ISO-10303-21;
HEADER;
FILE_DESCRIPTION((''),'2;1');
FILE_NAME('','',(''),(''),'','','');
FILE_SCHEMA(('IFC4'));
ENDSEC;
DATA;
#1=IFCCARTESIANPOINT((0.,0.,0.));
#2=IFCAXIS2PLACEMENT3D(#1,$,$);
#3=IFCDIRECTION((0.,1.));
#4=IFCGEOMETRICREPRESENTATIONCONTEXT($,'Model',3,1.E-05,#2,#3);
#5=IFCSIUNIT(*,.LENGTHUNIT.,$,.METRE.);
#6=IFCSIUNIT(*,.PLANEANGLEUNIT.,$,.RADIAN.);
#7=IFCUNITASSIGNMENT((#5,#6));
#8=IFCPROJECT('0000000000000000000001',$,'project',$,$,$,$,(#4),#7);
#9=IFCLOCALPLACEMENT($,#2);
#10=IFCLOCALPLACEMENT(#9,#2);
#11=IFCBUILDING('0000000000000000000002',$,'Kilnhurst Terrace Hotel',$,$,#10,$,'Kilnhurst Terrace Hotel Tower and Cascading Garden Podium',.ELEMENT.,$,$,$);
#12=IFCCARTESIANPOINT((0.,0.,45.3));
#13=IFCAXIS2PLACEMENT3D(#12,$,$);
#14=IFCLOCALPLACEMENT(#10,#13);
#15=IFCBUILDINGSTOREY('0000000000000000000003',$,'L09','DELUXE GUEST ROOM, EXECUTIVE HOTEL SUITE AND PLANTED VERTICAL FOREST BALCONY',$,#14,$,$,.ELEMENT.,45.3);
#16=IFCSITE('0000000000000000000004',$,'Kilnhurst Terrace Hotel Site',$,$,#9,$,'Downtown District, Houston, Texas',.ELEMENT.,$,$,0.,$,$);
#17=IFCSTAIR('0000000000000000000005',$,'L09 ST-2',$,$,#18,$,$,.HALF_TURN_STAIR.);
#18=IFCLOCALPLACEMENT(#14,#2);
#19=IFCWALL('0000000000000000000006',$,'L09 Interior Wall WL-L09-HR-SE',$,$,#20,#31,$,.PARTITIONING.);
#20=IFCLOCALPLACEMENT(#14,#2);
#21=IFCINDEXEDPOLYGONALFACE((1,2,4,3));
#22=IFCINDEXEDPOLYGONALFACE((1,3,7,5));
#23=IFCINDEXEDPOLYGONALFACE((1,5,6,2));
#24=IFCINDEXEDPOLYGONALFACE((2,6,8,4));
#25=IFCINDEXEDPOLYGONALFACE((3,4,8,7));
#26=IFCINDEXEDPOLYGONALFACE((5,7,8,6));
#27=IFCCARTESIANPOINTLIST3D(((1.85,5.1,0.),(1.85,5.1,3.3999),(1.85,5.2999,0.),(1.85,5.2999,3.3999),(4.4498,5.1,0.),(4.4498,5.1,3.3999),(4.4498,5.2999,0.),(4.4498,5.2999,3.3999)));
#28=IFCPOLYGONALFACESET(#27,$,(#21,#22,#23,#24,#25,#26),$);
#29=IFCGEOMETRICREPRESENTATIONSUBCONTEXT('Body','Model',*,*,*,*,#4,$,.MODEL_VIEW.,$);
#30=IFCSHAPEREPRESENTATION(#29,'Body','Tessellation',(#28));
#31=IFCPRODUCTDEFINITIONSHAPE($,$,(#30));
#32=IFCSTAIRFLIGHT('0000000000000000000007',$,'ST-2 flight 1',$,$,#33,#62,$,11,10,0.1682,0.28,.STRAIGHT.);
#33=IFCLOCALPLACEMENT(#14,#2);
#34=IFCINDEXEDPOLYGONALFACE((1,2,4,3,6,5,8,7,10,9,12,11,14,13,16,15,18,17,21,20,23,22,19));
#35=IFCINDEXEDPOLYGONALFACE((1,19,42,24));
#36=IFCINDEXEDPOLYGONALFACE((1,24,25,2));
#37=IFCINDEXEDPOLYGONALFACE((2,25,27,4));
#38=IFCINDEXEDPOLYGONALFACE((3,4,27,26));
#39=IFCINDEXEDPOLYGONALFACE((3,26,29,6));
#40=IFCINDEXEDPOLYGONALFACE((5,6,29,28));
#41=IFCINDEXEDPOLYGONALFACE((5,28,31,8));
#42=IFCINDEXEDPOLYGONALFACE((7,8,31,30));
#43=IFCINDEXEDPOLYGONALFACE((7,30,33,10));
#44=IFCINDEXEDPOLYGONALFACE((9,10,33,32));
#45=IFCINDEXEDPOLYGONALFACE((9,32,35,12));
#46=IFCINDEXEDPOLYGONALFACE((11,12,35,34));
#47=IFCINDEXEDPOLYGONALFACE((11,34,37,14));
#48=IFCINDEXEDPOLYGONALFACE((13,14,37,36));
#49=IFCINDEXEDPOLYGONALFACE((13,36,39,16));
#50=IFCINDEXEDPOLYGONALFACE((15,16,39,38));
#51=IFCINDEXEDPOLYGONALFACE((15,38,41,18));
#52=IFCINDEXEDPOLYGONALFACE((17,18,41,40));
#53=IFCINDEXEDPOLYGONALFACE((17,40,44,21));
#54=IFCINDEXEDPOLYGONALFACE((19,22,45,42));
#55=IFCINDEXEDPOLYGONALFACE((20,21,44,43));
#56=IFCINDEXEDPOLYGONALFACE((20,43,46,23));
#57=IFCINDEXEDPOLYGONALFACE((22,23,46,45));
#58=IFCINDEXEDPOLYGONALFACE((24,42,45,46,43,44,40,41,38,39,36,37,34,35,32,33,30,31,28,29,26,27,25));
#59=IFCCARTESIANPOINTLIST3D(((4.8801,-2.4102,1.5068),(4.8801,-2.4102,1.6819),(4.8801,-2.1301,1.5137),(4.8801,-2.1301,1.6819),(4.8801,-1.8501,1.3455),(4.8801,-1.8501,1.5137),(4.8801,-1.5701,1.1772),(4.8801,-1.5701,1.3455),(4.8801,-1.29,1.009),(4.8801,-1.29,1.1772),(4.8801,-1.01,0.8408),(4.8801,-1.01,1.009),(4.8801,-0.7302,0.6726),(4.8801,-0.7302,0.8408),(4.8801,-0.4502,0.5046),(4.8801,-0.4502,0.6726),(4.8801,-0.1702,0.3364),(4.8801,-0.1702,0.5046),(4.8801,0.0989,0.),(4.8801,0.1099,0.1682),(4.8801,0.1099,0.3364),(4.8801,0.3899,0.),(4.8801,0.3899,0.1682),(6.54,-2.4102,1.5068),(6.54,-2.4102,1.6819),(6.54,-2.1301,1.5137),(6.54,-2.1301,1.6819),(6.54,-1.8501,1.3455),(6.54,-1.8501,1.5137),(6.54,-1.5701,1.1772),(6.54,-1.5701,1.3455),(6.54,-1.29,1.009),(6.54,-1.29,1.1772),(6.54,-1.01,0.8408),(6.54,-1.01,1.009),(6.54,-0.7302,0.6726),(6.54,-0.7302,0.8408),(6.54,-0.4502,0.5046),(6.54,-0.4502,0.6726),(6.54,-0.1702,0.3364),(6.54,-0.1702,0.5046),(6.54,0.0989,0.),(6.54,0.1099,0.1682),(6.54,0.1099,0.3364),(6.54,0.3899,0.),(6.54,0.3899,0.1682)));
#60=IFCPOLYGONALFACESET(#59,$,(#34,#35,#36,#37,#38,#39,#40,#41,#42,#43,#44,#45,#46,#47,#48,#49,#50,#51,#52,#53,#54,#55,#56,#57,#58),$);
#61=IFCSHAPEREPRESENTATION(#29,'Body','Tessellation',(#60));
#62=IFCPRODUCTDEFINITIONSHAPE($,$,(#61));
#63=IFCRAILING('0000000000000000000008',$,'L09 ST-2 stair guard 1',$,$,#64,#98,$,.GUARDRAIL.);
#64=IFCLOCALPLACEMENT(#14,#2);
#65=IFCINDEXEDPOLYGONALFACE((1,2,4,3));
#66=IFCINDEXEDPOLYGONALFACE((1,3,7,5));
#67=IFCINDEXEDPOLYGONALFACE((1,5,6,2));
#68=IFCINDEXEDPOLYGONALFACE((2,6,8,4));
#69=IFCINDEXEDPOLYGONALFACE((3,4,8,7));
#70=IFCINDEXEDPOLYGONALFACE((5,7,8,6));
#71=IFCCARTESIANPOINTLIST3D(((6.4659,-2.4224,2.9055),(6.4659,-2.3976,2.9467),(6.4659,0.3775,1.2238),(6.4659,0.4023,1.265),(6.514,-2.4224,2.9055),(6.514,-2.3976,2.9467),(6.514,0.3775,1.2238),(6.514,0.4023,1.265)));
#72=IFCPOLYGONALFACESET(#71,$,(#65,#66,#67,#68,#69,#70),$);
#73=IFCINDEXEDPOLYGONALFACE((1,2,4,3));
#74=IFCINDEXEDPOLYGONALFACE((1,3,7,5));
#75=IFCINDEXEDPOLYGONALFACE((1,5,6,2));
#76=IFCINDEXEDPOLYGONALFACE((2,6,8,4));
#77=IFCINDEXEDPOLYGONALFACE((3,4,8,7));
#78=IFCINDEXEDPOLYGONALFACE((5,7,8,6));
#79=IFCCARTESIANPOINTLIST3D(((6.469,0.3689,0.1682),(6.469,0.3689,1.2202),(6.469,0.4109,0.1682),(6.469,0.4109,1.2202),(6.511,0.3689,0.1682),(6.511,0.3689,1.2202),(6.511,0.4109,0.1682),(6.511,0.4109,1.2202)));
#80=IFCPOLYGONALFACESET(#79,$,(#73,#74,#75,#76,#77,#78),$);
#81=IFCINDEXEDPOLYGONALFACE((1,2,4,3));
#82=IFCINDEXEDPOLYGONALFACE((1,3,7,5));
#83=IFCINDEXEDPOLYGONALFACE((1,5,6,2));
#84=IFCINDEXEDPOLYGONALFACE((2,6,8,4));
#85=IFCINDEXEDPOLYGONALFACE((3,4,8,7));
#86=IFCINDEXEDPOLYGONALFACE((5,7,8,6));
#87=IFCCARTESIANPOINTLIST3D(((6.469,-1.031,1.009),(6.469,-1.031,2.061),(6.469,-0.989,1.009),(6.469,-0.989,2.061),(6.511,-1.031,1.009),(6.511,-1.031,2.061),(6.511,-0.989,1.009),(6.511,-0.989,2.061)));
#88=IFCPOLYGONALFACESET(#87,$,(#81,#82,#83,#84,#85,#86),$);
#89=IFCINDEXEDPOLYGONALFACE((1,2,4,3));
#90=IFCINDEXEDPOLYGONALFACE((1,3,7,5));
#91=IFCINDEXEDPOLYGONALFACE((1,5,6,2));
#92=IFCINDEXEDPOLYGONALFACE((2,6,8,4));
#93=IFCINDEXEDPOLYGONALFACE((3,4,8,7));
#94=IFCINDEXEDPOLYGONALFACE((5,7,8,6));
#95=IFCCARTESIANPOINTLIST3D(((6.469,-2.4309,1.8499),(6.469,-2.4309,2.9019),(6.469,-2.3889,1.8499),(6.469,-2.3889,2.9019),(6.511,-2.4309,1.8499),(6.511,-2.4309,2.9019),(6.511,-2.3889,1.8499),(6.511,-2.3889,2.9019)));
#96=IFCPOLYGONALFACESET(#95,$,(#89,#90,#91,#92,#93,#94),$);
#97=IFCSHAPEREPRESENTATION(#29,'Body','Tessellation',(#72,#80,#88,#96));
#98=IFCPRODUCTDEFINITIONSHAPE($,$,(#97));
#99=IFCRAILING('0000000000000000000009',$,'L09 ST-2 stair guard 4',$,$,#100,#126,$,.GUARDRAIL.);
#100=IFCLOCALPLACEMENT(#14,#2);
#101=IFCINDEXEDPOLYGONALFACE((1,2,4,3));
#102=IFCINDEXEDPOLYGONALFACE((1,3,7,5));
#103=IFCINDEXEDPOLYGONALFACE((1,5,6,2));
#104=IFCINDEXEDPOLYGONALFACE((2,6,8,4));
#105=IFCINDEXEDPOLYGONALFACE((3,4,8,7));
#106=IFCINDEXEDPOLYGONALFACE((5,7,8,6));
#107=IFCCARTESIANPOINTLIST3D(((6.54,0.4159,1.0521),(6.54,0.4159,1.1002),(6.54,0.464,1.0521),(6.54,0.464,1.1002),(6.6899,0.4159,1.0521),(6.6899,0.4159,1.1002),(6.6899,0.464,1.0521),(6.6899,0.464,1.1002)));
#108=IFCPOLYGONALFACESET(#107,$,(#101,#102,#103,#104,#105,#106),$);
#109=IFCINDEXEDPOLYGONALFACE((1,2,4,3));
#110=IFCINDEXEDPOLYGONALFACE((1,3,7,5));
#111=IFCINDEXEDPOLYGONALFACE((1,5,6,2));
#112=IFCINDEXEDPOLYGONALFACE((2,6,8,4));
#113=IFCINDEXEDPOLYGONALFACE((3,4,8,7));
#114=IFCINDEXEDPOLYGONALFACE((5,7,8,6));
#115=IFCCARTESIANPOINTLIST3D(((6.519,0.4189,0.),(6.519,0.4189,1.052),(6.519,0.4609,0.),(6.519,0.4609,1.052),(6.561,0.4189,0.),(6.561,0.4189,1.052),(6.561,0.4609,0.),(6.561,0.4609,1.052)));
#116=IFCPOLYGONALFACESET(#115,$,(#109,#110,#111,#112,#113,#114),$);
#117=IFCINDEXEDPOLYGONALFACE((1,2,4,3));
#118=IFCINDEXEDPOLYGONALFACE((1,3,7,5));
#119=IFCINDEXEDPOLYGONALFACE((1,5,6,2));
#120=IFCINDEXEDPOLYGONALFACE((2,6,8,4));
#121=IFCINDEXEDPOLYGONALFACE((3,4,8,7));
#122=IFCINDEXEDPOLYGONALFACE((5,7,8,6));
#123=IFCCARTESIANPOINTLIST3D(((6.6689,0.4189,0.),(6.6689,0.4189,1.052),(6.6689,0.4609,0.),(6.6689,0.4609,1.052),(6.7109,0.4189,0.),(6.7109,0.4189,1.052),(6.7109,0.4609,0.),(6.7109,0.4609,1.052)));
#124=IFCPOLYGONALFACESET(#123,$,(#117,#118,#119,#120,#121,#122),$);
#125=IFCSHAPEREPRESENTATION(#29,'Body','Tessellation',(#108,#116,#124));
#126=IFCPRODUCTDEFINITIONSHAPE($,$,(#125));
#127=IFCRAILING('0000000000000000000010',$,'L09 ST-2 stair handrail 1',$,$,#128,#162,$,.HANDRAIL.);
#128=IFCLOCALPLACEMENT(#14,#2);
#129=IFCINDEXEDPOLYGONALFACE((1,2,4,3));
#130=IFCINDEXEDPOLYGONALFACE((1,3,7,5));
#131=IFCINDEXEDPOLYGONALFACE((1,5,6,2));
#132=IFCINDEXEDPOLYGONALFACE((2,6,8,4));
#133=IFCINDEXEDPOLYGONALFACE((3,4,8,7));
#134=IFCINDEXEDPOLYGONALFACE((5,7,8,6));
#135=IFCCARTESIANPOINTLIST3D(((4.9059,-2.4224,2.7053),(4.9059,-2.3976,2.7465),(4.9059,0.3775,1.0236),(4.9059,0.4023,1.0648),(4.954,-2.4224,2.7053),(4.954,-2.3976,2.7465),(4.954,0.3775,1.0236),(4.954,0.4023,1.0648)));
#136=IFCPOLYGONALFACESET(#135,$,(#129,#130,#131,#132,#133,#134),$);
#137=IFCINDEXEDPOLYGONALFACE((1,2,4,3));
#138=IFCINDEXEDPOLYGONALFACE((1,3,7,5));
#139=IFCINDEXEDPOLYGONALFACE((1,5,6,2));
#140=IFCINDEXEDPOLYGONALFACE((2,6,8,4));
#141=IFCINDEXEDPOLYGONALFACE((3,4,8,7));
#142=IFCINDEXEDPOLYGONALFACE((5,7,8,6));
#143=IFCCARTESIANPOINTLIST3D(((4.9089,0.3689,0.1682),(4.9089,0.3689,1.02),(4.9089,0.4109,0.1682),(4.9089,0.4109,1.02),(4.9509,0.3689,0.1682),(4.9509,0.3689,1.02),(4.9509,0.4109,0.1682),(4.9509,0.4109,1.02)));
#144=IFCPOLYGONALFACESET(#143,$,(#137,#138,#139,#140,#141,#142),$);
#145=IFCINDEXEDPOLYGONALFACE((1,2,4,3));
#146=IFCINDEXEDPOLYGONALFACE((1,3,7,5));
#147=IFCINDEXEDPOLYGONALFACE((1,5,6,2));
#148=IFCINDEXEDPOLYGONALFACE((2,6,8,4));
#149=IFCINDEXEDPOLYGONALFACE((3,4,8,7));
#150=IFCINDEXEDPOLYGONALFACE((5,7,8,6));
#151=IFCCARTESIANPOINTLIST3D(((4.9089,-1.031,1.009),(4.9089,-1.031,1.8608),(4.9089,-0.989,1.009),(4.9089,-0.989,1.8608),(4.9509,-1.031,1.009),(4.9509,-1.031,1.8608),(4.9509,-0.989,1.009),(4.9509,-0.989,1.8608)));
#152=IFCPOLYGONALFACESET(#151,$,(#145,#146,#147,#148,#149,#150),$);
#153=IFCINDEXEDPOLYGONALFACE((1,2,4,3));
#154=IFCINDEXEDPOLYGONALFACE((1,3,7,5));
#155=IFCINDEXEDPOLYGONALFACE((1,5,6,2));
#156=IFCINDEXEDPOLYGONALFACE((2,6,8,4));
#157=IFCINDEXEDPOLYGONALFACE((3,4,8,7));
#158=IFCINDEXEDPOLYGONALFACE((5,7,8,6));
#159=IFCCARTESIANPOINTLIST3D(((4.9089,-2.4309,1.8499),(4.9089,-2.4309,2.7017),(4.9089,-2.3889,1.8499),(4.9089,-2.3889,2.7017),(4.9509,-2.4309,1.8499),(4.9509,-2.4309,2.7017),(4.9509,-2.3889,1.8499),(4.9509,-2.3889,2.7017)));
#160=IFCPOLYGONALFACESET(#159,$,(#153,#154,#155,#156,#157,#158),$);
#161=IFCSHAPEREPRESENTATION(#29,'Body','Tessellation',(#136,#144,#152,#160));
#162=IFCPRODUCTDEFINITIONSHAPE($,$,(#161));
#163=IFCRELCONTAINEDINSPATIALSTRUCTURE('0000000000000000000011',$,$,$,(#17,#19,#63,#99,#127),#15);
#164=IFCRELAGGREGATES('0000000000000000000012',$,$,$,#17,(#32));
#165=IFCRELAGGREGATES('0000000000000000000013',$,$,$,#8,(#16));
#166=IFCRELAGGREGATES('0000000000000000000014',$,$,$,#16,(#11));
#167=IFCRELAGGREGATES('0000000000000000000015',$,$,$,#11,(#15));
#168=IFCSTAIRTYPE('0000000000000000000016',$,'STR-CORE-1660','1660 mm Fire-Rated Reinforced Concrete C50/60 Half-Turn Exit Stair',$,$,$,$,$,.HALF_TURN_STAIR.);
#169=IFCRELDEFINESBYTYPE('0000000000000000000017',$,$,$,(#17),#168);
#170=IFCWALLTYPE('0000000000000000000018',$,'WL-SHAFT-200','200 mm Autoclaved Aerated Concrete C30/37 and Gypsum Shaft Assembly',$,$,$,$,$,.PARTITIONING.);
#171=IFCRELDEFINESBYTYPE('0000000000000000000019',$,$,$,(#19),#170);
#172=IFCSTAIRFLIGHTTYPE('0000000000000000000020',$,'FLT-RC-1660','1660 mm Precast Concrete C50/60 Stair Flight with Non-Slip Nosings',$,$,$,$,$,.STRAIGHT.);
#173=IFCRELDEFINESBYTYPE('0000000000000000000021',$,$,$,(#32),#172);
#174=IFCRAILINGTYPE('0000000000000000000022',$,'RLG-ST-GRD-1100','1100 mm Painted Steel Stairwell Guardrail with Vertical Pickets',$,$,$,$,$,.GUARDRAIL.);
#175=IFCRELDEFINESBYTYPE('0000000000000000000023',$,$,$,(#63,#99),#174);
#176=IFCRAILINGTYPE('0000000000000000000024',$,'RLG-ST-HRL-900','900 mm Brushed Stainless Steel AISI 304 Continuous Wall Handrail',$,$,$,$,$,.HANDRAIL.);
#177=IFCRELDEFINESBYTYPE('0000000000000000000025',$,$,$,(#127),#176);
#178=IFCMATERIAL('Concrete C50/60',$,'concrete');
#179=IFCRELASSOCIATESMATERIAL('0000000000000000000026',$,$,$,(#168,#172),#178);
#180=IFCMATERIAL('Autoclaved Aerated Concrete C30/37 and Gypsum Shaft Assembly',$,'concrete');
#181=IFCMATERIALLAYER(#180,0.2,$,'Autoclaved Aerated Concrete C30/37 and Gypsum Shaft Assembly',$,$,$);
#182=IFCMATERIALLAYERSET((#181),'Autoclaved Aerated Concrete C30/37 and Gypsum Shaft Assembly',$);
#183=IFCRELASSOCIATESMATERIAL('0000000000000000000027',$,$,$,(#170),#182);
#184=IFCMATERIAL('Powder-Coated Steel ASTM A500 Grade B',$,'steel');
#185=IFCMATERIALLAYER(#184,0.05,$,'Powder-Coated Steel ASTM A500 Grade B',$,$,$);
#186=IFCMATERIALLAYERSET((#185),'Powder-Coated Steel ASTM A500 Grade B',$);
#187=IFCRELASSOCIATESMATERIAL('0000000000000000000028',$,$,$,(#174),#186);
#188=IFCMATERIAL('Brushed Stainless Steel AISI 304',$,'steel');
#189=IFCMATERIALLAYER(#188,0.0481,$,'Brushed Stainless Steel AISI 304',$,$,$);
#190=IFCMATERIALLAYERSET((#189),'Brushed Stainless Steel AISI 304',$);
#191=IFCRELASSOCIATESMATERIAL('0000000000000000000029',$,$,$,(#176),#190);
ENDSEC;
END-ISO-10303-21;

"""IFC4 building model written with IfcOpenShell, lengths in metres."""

from ifc_helpers import new_model, si_unit, direction, frame, frame_2d, origin, origin_2d, place, context, subcontext, project, spatial, polyline, rectangle, outline, extrude, material, layer, layer_set, type_object, element, aggregate, save


model = new_model("IFC4")

# Units and contexts
model_context = context("Model", 3, precision=1e-05, world=origin(), true_north=direction((0.0, 1.0)))
body_context = subcontext(model_context, "Body", "Model", "MODEL_VIEW")
ifc_project = project(units=[si_unit("LENGTHUNIT", "METRE"), si_unit("PLANEANGLEUNIT", "RADIAN")], contexts=[model_context])

# Site, building, storey
site_placement = place(None, origin())
site = spatial("IfcSite", under=ifc_project, at=site_placement, Name="Kilnhurst Terrace Hotel Site", LongName="Downtown District, Houston, Texas", CompositionType="ELEMENT", RefElevation=0.0)
building_placement = place(site_placement, origin())
building = spatial("IfcBuilding", under=site, at=building_placement, Name="Kilnhurst Terrace Hotel", LongName="Kilnhurst Terrace Hotel Tower and Cascading Garden Podium", CompositionType="ELEMENT")
storey_placement = place(building_placement, frame((0.0, 0.0, 45.3)))
storey = spatial("IfcBuildingStorey", under=building, at=storey_placement, Name="L09", Description="DELUXE GUEST ROOM, EXECUTIVE HOTEL SUITE AND PLANTED VERTICAL FOREST BALCONY", CompositionType="ELEMENT", Elevation=45.3)

# Shared definitions
ifc_material_1 = material(Name="Concrete C50/60", Category="concrete")

# Stair
stair_type = type_object("IfcStairType", Name="STR-CORE-1660", Description="1660 mm Fire-Rated Reinforced Concrete C50/60 Half-Turn Exit Stair", PredefinedType="HALF_TURN_STAIR", material=ifc_material_1)
stair_1_placement = place(storey_placement, origin())
stair_1 = element("IfcStair", 1, at=stair_1_placement, inside=storey, type_object=stair_type, Name="L09 ST-2", PredefinedType="HALF_TURN_STAIR")

# Shared definitions
ifc_material_2 = material(Name="Autoclaved Aerated Concrete C30/37 and Gypsum Shaft Assembly", Category="concrete")
ifc_layer_1 = layer(ifc_material_2, 0.2, Name="Autoclaved Aerated Concrete C30/37 and Gypsum Shaft Assembly")
ifc_layer_set_1 = layer_set([ifc_layer_1], Name="Autoclaved Aerated Concrete C30/37 and Gypsum Shaft Assembly")
wall_type_1 = type_object("IfcWallType", Name="WL-SHAFT-200", Description="200 mm Autoclaved Aerated Concrete C30/37 and Gypsum Shaft Assembly", PredefinedType="PARTITIONING", material=ifc_layer_set_1)

# Wall
wall_1_placement = place(storey_placement, frame((1.8501, 5.2, 0.0), z_axis=(0.0, 0.0, 1.0), x_axis=(1.0, 0.0, 0.0)))
element("IfcWall", 2, at=wall_1_placement, inside=storey, type_object=wall_type_1, Name="L09 Interior Wall WL-L09-HR-SE", PredefinedType="PARTITIONING", context=body_context, shape_type="SweptSolid", body=[
    extrude(rectangle(XDim=2.5999, YDim=0.2, at=frame_2d((1.2998, 0.0))), origin(), (0.0, 0.0, 1.0), 3.3999),
])

# Stair flight
stair_flight_type = type_object("IfcStairFlightType", Name="FLT-RC-1660", Description="1660 mm Precast Concrete C50/60 Stair Flight with Non-Slip Nosings", PredefinedType="STRAIGHT", material=ifc_material_1)
stair_flight_placement = place(storey_placement, frame((5.71, 0.3899, 0.0), z_axis=(0.0, 0.0, 1.0), x_axis=(0.0, -1.0, 0.0)))
stair_flight = element("IfcStairFlight", 3, at=stair_flight_placement, type_object=stair_flight_type, Name="ST-2 flight 1", NumberOfRisers=11, NumberOfTreads=10, PredefinedType="STRAIGHT", RiserHeight=0.1682, TreadLength=0.28, context=body_context, shape_type="SweptSolid", body=[
    extrude(outline(polyline([(0.0, 0.0), (0.0, 0.1682), (0.28, 0.1682), (0.28, 0.3364), (0.5601, 0.3364), (0.5601, 0.5046), (0.8401, 0.5046), (0.8401, 0.6726), (1.1201, 0.6726), (1.1201, 0.8408), (1.3999, 0.8408), (1.3999, 1.009), (1.6799, 1.009), (1.6799, 1.1772), (1.96, 1.1772), (1.96, 1.3455), (2.24, 1.3455), (2.24, 1.5137), (2.52, 1.5137), (2.52, 1.6819), (2.8, 1.6819), (2.8, 1.8501), (2.8, 1.5068), (0.291, 0.0), (0.0, 0.0)])), frame((0.0, 0.8301, 0.0), z_axis=(0.0, -1.0, 0.0), x_axis=(1.0, 0.0, 0.0)), (0.0, 0.0, 1.0), 1.6599),
])
aggregate(stair_1, [stair_flight])

# Railings
ifc_material_3 = material(Name="Powder-Coated Steel ASTM A500 Grade B", Category="steel")
ifc_layer_2 = layer(ifc_material_3, 0.05, Name="Powder-Coated Steel ASTM A500 Grade B")
ifc_layer_set_2 = layer_set([ifc_layer_2], Name="Powder-Coated Steel ASTM A500 Grade B")
railing_type_1 = type_object("IfcRailingType", Name="RLG-ST-GRD-1100", Description="1100 mm Painted Steel Stairwell Guardrail with Vertical Pickets", PredefinedType="GUARDRAIL", material=ifc_layer_set_2)
railing_1_placement = place(storey_placement, frame((6.49, 0.3899, 0.1682)))
element("IfcRailing", 4, at=railing_1_placement, inside=storey, type_object=railing_type_1, Name="L09 ST-2 stair guard 1", PredefinedType="GUARDRAIL", context=body_context, shape_type="SweptSolid", body=[
    extrude(rectangle(XDim=0.0481, YDim=0.0481, at=origin_2d()), frame((0.0, 0.0, 1.0762), z_axis=(0.0, -0.857255, 0.514891), x_axis=(1.0, 0.0, 0.0)), (0.0, 0.0, 1.0), 3.2661),
    extrude(rectangle(XDim=0.042, YDim=0.042, at=origin_2d()), origin(), (0.0, 0.0, 1.0), 1.052),
    extrude(rectangle(XDim=0.042, YDim=0.042, at=origin_2d()), frame((0.0, -1.3999, 0.8408)), (0.0, 0.0, 1.0), 1.052),
    extrude(rectangle(XDim=0.042, YDim=0.042, at=origin_2d()), frame((0.0, -2.7998, 1.6816)), (0.0, 0.0, 1.0), 1.052),
])
railing_2_placement = place(storey_placement, frame((6.54, 0.4399, 0.0)))
element("IfcRailing", 5, at=railing_2_placement, inside=storey, type_object=railing_type_1, Name="L09 ST-2 stair guard 4", PredefinedType="GUARDRAIL", context=body_context, shape_type="SweptSolid", body=[
    extrude(rectangle(XDim=0.0481, YDim=0.0481, at=origin_2d()), frame((0.0, 0.0, 1.0762), z_axis=(1.0, 0.0, 0.0), x_axis=(0.0, 1.0, 0.0)), (0.0, 0.0, 1.0), 0.1499),
    extrude(rectangle(XDim=0.042, YDim=0.042, at=origin_2d()), origin(), (0.0, 0.0, 1.0), 1.052),
    extrude(rectangle(XDim=0.042, YDim=0.042, at=origin_2d()), frame((0.1499, 0.0, 0.0)), (0.0, 0.0, 1.0), 1.052),
])
ifc_material_4 = material(Name="Brushed Stainless Steel AISI 304", Category="steel")
ifc_layer_3 = layer(ifc_material_4, 0.0481, Name="Brushed Stainless Steel AISI 304")
ifc_layer_set_3 = layer_set([ifc_layer_3], Name="Brushed Stainless Steel AISI 304")
railing_type_2 = type_object("IfcRailingType", Name="RLG-ST-HRL-900", Description="900 mm Brushed Stainless Steel AISI 304 Continuous Wall Handrail", PredefinedType="HANDRAIL", material=ifc_layer_set_3)
railing_3_placement = place(storey_placement, frame((4.9299, 0.3899, 0.1682)))
element("IfcRailing", 6, at=railing_3_placement, inside=storey, type_object=railing_type_2, Name="L09 ST-2 stair handrail 1", PredefinedType="HANDRAIL", context=body_context, shape_type="SweptSolid", body=[
    extrude(rectangle(XDim=0.0481, YDim=0.0481, at=origin_2d()), frame((0.0, 0.0, 0.876), z_axis=(0.0, -0.857255, 0.514891), x_axis=(1.0, 0.0, 0.0)), (0.0, 0.0, 1.0), 3.2661),
    extrude(rectangle(XDim=0.042, YDim=0.042, at=origin_2d()), origin(), (0.0, 0.0, 1.0), 0.8518),
    extrude(rectangle(XDim=0.042, YDim=0.042, at=origin_2d()), frame((0.0, -1.3999, 0.8408)), (0.0, 0.0, 1.0), 0.8518),
    extrude(rectangle(XDim=0.042, YDim=0.042, at=origin_2d()), frame((0.0, -2.7998, 1.6816)), (0.0, 0.0, 1.0), 0.8518),
])

save(model, "model.ifc")
